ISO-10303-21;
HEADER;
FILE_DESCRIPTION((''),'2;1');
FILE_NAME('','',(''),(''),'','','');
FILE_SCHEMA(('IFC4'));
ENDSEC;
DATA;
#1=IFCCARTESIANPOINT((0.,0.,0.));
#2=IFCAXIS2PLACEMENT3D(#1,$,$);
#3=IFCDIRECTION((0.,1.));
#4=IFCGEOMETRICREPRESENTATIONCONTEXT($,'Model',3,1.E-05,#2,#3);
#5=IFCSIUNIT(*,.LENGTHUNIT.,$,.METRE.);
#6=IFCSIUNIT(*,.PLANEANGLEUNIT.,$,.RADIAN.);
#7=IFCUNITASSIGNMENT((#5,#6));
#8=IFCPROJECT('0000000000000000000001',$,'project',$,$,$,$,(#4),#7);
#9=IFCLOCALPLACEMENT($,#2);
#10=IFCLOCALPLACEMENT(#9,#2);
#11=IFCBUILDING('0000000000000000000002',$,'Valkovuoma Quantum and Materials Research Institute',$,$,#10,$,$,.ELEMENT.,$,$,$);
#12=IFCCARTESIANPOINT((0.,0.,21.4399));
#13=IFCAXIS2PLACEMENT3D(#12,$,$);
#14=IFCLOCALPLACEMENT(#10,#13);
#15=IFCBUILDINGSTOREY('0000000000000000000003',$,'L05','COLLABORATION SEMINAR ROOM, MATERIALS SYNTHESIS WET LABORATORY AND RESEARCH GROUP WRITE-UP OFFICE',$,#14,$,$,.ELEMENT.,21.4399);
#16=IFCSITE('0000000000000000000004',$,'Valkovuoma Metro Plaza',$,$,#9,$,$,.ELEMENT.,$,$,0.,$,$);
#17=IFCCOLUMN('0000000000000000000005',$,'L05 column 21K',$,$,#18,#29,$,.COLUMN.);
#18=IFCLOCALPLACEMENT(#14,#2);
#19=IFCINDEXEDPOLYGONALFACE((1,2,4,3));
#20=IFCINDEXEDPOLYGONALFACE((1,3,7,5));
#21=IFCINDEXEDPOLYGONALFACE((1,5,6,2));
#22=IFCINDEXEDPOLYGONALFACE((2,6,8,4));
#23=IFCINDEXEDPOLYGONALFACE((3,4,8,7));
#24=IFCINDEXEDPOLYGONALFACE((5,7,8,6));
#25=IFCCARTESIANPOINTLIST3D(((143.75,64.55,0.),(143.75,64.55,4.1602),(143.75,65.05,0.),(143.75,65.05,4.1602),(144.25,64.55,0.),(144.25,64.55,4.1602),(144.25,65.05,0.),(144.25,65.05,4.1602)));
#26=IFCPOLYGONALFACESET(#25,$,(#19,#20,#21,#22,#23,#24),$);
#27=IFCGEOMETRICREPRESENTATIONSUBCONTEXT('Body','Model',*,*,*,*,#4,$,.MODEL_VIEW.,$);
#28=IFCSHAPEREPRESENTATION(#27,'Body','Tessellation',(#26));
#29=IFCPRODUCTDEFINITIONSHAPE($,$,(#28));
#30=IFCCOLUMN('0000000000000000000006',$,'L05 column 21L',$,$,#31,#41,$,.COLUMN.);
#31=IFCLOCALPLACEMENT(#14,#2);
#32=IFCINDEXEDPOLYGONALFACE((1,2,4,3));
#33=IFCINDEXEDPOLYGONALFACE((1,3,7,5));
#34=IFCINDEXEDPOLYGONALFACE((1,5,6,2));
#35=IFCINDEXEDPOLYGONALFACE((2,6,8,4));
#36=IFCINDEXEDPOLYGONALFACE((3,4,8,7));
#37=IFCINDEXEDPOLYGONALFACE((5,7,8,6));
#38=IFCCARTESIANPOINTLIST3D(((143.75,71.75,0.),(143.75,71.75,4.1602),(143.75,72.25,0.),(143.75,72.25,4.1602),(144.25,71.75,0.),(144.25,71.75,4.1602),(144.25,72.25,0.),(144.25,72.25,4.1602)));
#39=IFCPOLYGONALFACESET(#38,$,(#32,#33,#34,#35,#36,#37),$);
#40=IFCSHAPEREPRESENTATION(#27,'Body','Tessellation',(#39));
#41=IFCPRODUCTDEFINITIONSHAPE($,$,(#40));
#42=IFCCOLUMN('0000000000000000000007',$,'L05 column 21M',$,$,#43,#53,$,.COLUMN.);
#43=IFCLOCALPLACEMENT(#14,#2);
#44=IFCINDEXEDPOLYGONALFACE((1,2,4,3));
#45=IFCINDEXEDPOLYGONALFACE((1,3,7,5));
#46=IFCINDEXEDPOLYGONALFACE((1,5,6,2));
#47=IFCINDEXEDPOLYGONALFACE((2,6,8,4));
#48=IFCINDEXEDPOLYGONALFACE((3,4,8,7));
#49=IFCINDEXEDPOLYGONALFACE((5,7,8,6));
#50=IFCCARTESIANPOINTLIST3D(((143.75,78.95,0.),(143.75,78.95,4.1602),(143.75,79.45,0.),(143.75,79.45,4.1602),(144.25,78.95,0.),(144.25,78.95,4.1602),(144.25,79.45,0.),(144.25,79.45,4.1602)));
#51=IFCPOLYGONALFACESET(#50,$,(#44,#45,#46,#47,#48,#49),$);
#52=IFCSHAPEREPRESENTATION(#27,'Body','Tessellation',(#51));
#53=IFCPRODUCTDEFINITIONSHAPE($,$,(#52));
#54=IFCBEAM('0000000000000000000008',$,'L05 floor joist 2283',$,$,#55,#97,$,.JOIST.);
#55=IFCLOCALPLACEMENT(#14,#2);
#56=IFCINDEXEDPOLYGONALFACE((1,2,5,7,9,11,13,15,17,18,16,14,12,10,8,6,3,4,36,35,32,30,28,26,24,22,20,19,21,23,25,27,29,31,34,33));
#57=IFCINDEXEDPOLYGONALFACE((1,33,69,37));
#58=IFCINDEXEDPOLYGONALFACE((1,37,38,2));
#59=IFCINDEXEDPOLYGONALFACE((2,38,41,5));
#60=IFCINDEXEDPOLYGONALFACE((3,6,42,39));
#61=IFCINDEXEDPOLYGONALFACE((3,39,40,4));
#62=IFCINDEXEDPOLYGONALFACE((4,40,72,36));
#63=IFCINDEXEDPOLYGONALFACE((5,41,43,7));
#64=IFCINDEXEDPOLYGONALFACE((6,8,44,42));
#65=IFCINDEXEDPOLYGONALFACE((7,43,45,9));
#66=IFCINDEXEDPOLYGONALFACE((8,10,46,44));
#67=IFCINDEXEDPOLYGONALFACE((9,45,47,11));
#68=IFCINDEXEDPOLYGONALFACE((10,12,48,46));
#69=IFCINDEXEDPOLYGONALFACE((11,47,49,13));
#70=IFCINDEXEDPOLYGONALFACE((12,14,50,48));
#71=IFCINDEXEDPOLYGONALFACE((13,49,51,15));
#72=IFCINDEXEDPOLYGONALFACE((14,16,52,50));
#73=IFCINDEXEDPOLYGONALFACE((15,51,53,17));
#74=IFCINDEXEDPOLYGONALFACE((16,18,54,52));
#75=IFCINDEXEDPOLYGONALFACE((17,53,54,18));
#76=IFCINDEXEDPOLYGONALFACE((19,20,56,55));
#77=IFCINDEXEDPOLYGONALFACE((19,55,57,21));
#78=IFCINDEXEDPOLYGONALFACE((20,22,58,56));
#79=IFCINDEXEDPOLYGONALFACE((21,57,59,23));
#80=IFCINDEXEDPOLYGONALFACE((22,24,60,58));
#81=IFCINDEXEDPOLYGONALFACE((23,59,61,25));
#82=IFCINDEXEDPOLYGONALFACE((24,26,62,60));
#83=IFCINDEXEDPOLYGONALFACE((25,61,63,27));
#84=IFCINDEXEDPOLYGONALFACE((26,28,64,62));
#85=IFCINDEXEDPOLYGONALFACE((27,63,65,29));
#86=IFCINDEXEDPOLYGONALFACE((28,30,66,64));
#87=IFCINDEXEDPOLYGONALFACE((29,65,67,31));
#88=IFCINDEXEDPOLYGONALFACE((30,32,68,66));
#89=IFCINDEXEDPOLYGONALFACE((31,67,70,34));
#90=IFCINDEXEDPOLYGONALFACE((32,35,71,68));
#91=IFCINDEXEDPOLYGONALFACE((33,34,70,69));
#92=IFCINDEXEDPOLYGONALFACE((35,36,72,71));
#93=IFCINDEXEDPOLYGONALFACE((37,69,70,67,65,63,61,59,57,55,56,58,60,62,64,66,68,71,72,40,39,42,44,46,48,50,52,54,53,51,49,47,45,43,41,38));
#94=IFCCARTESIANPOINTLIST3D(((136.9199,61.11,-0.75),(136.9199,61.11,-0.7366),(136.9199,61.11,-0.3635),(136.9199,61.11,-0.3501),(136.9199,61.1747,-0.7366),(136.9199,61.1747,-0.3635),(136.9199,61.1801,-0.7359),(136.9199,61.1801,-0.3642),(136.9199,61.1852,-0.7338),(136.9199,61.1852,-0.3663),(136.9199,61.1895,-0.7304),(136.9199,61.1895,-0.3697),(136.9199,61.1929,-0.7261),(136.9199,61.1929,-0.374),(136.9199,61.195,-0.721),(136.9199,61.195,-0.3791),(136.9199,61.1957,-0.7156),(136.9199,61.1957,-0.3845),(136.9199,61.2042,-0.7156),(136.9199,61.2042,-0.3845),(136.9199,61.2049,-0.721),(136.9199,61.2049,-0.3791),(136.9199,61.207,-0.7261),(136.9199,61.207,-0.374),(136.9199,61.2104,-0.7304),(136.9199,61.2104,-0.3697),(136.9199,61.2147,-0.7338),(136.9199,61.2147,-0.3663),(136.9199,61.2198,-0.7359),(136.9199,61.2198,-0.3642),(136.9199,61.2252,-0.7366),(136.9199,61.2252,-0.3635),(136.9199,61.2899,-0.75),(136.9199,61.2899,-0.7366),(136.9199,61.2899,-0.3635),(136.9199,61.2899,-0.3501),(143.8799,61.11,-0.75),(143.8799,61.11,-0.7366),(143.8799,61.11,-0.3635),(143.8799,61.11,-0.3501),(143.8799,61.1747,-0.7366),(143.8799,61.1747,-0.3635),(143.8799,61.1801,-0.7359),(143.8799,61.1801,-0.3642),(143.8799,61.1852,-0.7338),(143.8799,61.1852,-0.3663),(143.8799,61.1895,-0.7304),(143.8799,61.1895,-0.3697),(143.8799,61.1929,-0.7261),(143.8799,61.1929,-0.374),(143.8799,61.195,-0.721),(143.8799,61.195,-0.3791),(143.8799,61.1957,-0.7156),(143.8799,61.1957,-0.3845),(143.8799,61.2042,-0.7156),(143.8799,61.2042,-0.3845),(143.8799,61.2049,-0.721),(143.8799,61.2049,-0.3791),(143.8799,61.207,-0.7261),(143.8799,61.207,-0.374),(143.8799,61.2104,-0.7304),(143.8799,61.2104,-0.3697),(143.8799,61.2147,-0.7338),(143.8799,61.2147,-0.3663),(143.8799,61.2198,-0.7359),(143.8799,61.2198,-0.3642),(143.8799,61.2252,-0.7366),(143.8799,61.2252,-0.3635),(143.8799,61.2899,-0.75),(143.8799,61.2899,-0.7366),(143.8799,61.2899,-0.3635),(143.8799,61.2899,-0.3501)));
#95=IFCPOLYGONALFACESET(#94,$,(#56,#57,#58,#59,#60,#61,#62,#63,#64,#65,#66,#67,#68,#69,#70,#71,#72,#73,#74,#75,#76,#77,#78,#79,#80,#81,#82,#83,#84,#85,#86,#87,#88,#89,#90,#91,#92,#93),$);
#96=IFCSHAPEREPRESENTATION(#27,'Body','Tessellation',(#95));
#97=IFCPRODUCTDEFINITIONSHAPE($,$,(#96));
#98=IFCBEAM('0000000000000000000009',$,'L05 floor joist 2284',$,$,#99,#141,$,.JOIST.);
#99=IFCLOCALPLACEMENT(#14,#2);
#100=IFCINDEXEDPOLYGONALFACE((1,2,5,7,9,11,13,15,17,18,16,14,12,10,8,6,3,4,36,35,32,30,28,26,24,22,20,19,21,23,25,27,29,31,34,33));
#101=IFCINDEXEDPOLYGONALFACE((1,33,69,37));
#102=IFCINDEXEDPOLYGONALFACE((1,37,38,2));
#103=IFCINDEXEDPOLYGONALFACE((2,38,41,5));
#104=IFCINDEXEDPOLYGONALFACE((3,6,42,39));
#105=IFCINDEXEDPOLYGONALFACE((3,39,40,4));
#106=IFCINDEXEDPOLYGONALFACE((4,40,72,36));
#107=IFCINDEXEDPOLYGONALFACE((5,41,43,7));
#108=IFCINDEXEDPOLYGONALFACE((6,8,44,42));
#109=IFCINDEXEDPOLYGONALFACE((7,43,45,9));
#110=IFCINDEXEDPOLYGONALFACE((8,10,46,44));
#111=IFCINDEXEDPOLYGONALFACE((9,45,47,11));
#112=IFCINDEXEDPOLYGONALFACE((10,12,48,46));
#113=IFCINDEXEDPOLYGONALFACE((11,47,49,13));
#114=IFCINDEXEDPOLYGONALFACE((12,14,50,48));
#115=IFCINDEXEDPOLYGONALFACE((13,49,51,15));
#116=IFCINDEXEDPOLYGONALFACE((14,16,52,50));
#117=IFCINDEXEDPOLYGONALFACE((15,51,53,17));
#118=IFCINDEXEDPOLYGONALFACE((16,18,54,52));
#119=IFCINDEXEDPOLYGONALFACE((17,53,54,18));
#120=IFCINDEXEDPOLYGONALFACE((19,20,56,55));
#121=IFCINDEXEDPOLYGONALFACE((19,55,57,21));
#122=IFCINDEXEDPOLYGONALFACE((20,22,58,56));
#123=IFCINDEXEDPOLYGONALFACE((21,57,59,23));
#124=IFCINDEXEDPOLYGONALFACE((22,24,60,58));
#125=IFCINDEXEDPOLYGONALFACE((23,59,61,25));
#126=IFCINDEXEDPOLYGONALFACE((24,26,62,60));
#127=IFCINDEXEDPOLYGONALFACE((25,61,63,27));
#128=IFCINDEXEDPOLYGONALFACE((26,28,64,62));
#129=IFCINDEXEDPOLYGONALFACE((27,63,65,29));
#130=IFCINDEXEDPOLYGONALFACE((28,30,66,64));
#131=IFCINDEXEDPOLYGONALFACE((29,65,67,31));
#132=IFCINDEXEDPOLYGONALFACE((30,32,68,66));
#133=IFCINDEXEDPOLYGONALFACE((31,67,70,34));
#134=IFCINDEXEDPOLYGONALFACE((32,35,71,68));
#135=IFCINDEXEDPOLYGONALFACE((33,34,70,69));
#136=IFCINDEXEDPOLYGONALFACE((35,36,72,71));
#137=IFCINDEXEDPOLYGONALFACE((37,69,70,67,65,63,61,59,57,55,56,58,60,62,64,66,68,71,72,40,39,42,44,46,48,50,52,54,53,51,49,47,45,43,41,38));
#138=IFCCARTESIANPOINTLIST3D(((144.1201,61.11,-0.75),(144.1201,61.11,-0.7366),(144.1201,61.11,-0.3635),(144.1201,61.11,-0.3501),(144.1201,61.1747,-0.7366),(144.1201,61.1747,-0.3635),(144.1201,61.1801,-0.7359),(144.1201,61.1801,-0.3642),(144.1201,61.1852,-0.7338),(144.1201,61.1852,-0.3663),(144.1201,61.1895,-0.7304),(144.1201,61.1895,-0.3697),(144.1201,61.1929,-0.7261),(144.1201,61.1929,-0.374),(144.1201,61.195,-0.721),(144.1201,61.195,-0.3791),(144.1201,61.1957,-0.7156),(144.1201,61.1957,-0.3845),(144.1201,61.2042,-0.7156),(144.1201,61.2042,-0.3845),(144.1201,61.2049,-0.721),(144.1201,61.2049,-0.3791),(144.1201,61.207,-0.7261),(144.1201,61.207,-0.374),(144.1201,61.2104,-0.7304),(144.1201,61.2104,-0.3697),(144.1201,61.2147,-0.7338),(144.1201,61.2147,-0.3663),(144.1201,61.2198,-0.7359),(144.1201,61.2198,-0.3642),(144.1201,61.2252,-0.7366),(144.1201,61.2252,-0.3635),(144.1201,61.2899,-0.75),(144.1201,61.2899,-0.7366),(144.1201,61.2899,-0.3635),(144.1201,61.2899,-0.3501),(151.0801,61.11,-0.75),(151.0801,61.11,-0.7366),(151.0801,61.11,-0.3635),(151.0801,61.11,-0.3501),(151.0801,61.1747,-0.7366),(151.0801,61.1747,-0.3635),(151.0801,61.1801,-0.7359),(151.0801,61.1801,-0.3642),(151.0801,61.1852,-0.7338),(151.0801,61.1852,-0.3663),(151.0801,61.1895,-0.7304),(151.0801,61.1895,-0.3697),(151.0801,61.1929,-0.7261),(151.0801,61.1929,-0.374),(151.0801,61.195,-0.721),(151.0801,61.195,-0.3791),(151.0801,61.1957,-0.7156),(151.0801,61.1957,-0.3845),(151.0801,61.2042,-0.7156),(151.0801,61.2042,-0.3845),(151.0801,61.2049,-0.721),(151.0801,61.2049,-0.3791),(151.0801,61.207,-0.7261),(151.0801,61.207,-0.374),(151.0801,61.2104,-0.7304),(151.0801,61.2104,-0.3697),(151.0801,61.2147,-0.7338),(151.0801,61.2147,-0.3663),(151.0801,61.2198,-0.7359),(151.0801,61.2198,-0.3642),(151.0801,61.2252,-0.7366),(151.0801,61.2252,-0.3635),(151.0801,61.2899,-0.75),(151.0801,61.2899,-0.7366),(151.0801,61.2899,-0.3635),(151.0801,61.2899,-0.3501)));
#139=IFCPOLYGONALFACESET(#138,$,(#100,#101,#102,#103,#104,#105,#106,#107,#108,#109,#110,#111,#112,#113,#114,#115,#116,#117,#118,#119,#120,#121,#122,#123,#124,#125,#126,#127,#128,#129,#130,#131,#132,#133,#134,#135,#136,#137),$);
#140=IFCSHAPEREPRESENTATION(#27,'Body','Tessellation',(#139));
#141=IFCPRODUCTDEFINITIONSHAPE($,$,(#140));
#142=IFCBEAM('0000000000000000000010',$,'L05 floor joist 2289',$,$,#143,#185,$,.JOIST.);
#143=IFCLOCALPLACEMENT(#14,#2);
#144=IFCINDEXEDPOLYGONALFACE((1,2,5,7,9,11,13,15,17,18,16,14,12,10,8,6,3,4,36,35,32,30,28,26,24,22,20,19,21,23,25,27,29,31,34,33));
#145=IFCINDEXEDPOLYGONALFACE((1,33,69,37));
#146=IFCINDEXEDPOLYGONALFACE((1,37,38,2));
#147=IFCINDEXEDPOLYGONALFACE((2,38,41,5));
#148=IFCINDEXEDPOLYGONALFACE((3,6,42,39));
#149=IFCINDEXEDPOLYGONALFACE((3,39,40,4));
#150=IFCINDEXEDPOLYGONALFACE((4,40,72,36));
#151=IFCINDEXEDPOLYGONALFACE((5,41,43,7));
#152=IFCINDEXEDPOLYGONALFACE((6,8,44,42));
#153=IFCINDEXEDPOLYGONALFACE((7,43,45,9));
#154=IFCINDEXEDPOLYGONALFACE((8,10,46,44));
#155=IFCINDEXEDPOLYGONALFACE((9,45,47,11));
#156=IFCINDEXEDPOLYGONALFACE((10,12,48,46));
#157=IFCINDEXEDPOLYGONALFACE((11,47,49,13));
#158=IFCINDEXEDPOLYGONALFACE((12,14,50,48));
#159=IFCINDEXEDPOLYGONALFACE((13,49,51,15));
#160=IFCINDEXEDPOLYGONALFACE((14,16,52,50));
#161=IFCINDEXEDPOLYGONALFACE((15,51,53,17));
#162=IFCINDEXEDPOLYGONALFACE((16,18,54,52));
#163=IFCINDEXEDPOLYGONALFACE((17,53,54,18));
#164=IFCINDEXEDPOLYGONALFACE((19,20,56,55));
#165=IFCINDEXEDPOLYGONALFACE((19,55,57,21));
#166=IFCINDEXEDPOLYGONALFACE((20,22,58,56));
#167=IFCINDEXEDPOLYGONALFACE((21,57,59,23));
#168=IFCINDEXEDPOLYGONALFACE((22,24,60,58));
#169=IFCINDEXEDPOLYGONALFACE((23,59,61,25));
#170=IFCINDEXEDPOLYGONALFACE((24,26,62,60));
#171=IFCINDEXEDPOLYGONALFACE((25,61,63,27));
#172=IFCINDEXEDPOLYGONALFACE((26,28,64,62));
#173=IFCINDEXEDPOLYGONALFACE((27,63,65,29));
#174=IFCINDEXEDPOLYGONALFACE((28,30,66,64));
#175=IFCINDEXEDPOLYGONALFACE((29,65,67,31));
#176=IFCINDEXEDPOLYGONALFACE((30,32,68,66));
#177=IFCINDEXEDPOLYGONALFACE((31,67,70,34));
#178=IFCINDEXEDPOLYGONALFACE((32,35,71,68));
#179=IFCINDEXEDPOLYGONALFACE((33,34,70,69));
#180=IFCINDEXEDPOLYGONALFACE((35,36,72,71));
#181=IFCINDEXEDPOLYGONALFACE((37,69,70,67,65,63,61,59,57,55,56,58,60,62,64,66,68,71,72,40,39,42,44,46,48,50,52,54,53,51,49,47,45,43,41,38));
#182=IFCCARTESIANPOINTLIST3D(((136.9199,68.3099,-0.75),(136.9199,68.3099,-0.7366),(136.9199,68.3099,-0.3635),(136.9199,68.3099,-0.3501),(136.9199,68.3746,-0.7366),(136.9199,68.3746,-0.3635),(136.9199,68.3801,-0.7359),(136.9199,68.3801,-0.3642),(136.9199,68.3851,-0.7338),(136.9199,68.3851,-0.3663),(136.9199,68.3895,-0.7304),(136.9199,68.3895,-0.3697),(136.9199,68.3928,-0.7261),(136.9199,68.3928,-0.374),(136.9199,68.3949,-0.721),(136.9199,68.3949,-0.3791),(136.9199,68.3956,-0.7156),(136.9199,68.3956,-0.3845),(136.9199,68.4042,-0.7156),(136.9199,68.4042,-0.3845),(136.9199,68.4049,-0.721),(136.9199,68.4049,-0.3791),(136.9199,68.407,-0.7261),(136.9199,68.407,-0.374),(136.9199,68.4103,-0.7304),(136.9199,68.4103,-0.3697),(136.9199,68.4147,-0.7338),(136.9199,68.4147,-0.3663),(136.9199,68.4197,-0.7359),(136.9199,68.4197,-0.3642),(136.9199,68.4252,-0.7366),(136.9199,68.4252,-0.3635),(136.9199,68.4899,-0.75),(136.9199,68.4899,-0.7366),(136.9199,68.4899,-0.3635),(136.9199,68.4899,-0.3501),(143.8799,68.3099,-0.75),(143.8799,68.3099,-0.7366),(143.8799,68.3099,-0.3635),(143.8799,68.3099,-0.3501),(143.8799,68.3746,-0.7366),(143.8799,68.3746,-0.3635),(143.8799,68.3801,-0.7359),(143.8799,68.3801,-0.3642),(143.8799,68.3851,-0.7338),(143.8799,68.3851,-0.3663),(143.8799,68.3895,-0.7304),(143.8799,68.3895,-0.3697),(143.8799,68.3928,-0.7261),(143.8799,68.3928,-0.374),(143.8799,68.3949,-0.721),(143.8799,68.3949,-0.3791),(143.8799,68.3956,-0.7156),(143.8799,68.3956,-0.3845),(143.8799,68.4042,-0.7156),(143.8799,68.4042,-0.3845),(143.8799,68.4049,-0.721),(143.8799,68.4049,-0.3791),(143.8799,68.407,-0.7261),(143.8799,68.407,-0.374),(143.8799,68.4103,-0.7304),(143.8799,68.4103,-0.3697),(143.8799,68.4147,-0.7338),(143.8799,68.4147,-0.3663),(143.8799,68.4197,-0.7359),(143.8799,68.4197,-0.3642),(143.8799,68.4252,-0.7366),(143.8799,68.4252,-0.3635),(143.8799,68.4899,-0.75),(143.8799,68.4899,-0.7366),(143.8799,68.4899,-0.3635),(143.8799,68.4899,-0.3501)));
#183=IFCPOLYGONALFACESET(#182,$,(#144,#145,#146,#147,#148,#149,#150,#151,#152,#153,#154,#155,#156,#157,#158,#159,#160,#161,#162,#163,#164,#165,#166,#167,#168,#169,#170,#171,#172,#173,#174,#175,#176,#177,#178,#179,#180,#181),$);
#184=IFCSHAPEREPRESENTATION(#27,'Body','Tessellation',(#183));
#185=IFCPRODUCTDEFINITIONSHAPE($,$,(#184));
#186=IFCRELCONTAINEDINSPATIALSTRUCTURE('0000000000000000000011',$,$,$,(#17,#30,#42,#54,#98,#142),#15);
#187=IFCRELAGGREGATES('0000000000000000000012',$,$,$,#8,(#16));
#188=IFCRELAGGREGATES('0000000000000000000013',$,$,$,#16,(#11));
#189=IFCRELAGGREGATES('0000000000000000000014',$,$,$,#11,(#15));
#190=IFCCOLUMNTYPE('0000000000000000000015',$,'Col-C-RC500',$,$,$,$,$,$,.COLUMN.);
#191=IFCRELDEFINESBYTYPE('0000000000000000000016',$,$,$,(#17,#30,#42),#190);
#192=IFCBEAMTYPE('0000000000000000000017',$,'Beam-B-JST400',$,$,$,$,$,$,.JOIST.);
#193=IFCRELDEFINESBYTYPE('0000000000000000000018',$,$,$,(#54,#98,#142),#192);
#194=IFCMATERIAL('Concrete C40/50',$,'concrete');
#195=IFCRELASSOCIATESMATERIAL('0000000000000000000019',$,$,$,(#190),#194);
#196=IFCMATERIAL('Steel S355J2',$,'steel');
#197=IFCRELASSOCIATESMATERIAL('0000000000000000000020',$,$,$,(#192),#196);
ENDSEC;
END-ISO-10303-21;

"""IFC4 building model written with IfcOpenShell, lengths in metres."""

from ifc_helpers import new_model, si_unit, direction, frame, origin, origin_2d, place, context, subcontext, project, spatial, rectangle, i_section, extrude, material, material_profile, profile_set, type_object, element, save


model = new_model("IFC4")

# Units and contexts
model_context = context("Model", 3, precision=1e-05, world=origin(), true_north=direction((0.0, 1.0)))
body_context = subcontext(model_context, "Body", "Model", "MODEL_VIEW")
ifc_project = project(units=[si_unit("LENGTHUNIT", "METRE"), si_unit("PLANEANGLEUNIT", "RADIAN")], contexts=[model_context])

# Site, building, storey
site_placement = place(None, origin())
site = spatial("IfcSite", under=ifc_project, at=site_placement, Name="Valkovuoma Metro Plaza", CompositionType="ELEMENT", RefElevation=0.0)
building_placement = place(site_placement, origin())
building = spatial("IfcBuilding", under=site, at=building_placement, Name="Valkovuoma Quantum and Materials Research Institute", CompositionType="ELEMENT")
storey_placement = place(building_placement, frame((0.0, 0.0, 21.4399)))
storey = spatial("IfcBuildingStorey", under=building, at=storey_placement, Name="L05", Description="COLLABORATION SEMINAR ROOM, MATERIALS SYNTHESIS WET LABORATORY AND RESEARCH GROUP WRITE-UP OFFICE", CompositionType="ELEMENT", Elevation=21.4399)

# Columns
ifc_material_1 = material(Name="Concrete C40/50", Category="concrete")
ifc_material_profile_1 = material_profile(ifc_material_1, rectangle(XDim=0.5, YDim=0.5, at=origin_2d()), Name="Concrete C40/50")
ifc_profile_set_1 = profile_set([ifc_material_profile_1], Name="Concrete C40/50")
column_type = type_object("IfcColumnType", Name="Col-C-RC500", PredefinedType="COLUMN", material=ifc_profile_set_1)
for number, where, z_axis, x_axis, name in (
    (1, (144.0, 64.8, 0.0), (0.0, 0.0, 1.0), (1.0, 0.0, 0.0), "L05 column 21K"),
    (2, (144.0, 72.0, 0.0), (0.0, 0.0, 1.0), (1.0, 0.0, 0.0), "L05 column 21L"),
    (3, (144.0, 79.2, 0.0), (0.0, 0.0, 1.0), (1.0, 0.0, 0.0), "L05 column 21M"),
):
    element("IfcColumn", number, at=place(storey_placement, frame(where, z_axis=z_axis, x_axis=x_axis)), inside=storey, type_object=column_type, Name=name, PredefinedType="COLUMN", context=body_context, shape_type="SweptSolid", body=[
        extrude(rectangle(XDim=0.5, YDim=0.5, at=origin_2d()), origin(), (0.0, 0.0, 1.0), 4.1602),
    ])

# Beams
ifc_material_2 = material(Name="Steel S355J2", Category="steel")
ifc_material_profile_2 = material_profile(ifc_material_2, i_section(OverallWidth=0.1799, OverallDepth=0.3999, WebThickness=0.0085, FlangeThickness=0.0134, FilletRadius=0.021, at=origin_2d()), Name="Steel S355J2")
ifc_profile_set_2 = profile_set([ifc_material_profile_2], Name="Steel S355J2")
beam_type_1 = type_object("IfcBeamType", Name="Beam-B-JST400", PredefinedType="JOIST", material=ifc_profile_set_2)
for number, where, z_axis, x_axis, name in (
    (4, (136.9199, 61.2, -0.55), (1.0, 0.0, 0.0), (0.0, 1.0, 0.0), "L05 floor joist 2283"),
    (5, (144.1201, 61.2, -0.55), (1.0, 0.0, 0.0), (0.0, 1.0, 0.0), "L05 floor joist 2284"),
    (6, (136.9199, 68.3999, -0.55), (1.0, 0.0, 0.0), (0.0, 1.0, 0.0), "L05 floor joist 2289"),
):
    element("IfcBeam", number, at=place(storey_placement, frame(where, z_axis=z_axis, x_axis=x_axis)), inside=storey, type_object=beam_type_1, Name=name, PredefinedType="JOIST", context=body_context, shape_type="SweptSolid", body=[
        extrude(i_section(OverallWidth=0.1799, OverallDepth=0.3999, WebThickness=0.0085, FlangeThickness=0.0134, FilletRadius=0.021, at=origin_2d()), origin(), (0.0, 0.0, 1.0), 6.96),
    ])

save(model, "model.ifc")
